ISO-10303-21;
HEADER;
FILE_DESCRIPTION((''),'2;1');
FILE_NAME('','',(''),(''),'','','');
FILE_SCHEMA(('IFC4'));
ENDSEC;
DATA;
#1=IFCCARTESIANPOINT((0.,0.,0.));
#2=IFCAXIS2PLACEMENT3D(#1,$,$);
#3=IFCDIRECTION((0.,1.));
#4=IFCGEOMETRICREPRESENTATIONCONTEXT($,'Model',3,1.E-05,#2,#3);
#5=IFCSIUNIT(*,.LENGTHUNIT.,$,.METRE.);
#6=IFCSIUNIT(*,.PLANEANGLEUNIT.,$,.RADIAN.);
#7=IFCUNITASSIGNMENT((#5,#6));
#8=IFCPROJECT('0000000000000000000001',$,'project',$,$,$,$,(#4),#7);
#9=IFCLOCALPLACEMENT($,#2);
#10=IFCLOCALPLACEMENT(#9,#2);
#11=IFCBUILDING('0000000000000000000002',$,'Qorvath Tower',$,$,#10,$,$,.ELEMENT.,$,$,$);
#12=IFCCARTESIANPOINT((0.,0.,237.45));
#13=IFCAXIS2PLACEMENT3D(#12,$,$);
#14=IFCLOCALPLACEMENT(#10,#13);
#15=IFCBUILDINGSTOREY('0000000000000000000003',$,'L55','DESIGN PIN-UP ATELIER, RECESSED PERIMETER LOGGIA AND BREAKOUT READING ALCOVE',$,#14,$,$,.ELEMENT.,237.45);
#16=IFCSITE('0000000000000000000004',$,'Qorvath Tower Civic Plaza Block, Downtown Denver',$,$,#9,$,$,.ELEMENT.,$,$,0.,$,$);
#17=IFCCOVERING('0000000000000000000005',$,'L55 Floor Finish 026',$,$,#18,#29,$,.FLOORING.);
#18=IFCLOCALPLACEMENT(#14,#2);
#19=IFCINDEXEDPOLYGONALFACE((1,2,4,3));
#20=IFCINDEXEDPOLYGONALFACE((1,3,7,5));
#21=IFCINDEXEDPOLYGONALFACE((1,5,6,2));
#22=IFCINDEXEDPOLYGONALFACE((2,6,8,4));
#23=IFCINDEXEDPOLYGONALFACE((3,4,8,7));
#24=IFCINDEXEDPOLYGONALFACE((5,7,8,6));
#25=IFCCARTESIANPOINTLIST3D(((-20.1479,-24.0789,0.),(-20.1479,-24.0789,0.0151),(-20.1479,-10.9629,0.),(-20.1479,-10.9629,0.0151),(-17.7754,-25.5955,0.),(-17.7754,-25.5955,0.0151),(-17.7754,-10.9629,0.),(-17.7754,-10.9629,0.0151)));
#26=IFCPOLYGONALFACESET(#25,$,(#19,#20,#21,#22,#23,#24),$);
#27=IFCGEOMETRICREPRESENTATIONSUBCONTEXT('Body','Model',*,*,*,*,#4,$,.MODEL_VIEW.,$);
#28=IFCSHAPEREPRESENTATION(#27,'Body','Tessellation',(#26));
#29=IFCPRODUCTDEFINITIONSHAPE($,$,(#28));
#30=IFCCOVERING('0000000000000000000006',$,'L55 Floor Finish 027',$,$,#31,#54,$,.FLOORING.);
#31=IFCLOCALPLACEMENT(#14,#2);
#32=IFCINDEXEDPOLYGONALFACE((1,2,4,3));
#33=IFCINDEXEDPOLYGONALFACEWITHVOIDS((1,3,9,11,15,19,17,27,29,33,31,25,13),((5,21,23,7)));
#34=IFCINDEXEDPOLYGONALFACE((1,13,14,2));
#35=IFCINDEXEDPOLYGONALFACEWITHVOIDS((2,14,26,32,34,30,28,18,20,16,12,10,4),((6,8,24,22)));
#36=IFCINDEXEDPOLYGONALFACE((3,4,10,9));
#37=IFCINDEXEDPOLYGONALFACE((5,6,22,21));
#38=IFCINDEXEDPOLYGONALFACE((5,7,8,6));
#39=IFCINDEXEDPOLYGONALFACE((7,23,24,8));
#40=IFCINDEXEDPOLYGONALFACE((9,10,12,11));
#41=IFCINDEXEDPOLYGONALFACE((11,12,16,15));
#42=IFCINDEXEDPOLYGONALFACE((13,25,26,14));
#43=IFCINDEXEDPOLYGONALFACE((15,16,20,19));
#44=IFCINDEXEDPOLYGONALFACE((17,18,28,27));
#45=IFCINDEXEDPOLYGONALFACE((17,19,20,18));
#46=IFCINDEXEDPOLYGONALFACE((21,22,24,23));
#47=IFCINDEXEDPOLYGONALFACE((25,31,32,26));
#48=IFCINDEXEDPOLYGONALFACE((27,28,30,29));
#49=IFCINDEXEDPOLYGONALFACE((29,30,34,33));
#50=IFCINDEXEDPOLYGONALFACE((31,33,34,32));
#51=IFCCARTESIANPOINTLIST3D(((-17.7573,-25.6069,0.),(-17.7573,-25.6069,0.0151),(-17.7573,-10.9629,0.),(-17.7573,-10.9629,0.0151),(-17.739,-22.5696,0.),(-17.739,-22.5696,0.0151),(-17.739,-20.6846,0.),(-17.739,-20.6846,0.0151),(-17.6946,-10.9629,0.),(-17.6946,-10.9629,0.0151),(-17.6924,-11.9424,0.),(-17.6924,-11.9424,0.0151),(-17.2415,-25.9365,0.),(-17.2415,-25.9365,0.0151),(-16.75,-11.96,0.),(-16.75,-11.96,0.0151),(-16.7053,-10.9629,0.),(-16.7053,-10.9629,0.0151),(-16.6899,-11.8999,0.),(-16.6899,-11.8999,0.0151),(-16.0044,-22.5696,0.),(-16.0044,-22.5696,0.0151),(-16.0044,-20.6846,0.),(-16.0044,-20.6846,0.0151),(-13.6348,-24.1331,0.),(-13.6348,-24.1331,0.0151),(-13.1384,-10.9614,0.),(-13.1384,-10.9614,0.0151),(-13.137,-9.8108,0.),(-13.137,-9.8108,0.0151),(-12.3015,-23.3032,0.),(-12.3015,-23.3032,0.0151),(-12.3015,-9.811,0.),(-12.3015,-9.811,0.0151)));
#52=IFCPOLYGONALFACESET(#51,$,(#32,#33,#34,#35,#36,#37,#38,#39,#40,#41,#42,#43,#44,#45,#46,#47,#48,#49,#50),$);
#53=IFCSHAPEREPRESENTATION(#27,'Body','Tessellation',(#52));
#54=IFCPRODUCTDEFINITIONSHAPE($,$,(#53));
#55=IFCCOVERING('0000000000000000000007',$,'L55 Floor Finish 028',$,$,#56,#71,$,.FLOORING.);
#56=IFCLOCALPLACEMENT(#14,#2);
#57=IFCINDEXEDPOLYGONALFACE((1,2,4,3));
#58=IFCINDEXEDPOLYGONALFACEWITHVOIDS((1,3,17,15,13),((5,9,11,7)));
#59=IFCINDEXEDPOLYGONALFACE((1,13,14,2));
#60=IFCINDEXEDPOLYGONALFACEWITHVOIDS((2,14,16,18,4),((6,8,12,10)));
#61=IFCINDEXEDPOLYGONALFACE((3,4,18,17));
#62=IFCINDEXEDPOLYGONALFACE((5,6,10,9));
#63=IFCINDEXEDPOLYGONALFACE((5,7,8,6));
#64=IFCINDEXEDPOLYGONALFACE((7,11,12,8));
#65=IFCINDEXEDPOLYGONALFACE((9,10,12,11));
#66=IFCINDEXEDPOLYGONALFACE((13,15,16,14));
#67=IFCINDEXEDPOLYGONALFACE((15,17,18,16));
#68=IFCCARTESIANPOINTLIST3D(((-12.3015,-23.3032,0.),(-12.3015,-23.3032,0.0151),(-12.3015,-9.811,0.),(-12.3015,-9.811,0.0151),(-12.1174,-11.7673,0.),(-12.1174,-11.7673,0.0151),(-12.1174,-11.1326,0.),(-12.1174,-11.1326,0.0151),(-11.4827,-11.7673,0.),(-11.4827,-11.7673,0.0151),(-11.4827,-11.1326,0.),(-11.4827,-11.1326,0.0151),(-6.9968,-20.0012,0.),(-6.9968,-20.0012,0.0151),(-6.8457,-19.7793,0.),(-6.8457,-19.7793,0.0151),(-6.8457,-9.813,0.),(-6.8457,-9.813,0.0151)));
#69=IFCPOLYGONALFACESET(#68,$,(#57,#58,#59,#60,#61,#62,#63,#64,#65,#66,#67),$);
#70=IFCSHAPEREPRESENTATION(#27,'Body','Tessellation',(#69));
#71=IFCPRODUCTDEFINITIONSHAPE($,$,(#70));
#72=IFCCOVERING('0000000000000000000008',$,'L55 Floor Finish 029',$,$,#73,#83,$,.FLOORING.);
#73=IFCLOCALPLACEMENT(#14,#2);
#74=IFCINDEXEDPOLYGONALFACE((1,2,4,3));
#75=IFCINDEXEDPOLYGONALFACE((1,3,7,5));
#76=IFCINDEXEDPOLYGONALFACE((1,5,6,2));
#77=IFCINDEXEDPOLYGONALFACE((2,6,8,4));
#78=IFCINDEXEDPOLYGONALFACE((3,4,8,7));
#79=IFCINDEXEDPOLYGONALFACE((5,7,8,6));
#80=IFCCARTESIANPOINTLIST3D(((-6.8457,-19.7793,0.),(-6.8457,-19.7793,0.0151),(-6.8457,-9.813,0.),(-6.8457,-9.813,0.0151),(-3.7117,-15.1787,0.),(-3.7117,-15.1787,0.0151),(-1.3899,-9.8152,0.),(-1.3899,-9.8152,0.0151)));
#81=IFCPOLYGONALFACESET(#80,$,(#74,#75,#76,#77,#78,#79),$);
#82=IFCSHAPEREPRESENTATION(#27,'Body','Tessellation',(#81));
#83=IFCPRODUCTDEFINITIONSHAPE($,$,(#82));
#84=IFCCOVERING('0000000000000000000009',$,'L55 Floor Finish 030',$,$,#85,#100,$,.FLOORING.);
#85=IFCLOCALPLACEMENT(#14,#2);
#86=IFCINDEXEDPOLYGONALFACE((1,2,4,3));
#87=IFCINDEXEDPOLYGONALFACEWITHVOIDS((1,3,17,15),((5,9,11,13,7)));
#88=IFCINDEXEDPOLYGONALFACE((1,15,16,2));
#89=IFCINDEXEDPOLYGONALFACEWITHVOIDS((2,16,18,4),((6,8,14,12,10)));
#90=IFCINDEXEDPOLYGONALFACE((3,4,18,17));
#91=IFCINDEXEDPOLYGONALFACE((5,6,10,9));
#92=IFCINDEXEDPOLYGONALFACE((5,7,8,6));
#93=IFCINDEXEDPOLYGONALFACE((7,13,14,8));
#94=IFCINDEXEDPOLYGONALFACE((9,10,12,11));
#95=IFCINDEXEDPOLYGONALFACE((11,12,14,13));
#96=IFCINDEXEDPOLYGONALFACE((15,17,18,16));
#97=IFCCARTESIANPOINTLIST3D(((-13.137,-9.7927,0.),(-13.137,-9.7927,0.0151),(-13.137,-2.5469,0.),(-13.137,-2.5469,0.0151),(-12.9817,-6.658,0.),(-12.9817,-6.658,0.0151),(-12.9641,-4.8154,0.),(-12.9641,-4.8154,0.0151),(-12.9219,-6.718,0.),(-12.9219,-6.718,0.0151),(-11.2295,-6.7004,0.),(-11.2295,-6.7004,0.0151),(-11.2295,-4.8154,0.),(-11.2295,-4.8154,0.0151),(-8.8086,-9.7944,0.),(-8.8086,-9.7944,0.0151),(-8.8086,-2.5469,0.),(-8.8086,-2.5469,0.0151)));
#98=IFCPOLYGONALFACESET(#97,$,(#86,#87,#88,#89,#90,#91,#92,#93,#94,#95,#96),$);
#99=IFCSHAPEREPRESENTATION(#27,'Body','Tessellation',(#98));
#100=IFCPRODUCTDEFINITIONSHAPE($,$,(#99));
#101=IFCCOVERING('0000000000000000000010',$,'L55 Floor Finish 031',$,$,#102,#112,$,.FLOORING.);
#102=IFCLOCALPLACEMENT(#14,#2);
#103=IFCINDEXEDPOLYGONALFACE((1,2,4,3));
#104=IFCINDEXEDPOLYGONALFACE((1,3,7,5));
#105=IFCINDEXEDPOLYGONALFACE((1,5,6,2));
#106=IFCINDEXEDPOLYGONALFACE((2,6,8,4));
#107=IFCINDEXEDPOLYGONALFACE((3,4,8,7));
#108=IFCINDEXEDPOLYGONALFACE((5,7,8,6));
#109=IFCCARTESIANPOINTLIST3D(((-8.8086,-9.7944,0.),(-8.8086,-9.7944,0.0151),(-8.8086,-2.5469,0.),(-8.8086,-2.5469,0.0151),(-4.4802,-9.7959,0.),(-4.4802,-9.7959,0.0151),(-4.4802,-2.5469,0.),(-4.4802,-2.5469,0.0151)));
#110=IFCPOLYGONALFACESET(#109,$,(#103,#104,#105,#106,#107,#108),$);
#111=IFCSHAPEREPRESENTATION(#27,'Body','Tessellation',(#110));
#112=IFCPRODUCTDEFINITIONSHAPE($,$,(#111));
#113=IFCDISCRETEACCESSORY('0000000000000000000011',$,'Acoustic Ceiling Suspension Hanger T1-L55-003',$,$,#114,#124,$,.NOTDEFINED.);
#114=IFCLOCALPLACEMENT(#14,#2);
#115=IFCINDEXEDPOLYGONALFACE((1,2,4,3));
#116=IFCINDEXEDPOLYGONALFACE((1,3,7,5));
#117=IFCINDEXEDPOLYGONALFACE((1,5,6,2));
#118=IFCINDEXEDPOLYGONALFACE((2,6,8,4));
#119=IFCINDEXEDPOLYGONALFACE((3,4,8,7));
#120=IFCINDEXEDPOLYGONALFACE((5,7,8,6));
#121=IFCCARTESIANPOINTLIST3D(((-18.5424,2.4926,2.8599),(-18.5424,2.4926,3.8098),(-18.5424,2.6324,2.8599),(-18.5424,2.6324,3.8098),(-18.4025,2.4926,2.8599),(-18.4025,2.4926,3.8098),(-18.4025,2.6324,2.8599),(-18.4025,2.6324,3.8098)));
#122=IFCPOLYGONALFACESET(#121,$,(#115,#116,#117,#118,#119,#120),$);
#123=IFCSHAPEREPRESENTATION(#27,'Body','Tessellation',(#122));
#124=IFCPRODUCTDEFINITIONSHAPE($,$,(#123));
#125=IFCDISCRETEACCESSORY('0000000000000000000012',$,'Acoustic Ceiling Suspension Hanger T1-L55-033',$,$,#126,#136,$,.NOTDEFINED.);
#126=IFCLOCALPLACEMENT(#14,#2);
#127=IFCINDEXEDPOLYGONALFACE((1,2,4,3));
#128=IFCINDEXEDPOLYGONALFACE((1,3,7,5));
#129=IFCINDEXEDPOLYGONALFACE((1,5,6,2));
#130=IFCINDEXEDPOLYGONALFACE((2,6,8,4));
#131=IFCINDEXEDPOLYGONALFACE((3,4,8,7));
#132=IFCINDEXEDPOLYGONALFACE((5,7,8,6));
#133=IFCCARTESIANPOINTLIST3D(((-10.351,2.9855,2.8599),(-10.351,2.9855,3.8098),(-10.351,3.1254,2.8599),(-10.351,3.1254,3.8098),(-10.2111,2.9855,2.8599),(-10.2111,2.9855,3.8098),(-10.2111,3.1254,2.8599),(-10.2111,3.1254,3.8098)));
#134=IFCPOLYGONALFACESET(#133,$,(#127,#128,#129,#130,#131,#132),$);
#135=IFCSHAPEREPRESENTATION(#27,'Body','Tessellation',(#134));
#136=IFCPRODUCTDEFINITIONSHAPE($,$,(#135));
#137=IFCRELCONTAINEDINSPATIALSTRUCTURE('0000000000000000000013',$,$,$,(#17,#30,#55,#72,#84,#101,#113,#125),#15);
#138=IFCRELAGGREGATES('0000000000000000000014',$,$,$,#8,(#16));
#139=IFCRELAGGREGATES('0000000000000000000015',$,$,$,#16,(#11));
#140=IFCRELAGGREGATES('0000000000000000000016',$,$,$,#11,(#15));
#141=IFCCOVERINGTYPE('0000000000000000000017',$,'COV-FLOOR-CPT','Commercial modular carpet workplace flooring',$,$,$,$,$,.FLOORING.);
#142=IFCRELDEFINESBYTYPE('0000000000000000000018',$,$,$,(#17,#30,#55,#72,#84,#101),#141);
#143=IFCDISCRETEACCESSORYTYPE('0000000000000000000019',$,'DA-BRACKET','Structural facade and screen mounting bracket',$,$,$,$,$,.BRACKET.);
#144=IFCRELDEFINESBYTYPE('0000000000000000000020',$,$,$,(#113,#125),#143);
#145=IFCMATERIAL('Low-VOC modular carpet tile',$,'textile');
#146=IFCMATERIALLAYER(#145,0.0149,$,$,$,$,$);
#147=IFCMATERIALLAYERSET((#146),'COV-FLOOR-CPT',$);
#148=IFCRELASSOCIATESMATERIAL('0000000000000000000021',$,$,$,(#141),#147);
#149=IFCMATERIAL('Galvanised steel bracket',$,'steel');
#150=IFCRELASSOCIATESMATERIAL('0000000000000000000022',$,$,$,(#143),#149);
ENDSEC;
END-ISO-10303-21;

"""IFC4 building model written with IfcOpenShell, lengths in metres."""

from ifc_helpers import new_model, si_unit, direction, frame, origin, origin_2d, place, context, subcontext, project, spatial, polyline, rectangle, outline, extrude, material, layer, layer_set, type_object, element, save


model = new_model("IFC4")

# Units and contexts
model_context = context("Model", 3, precision=1e-05, world=origin(), true_north=direction((0.0, 1.0)))
body_context = subcontext(model_context, "Body", "Model", "MODEL_VIEW")
ifc_project = project(units=[si_unit("LENGTHUNIT", "METRE"), si_unit("PLANEANGLEUNIT", "RADIAN")], contexts=[model_context])

# Site, building, storey
site_placement = place(None, origin())
site = spatial("IfcSite", under=ifc_project, at=site_placement, Name="Qorvath Tower Civic Plaza Block, Downtown Denver", CompositionType="ELEMENT", RefElevation=0.0)
building_placement = place(site_placement, origin())
building = spatial("IfcBuilding", under=site, at=building_placement, Name="Qorvath Tower", CompositionType="ELEMENT")
storey_placement = place(building_placement, frame((0.0, 0.0, 237.45)))
storey = spatial("IfcBuildingStorey", under=building, at=storey_placement, Name="L55", Description="DESIGN PIN-UP ATELIER, RECESSED PERIMETER LOGGIA AND BREAKOUT READING ALCOVE", CompositionType="ELEMENT", Elevation=237.45)

# Coverings
ifc_material_1 = material(Name="Low-VOC modular carpet tile", Category="textile")
ifc_layer_1 = layer(ifc_material_1, 0.0149)
ifc_layer_set_1 = layer_set([ifc_layer_1], Name="COV-FLOOR-CPT")
covering_type_1 = type_object("IfcCoveringType", Name="COV-FLOOR-CPT", Description="Commercial modular carpet workplace flooring", PredefinedType="FLOORING", material=ifc_layer_set_1)
covering_1_placement = place(storey_placement, origin())
element("IfcCovering", 1, at=covering_1_placement, inside=storey, type_object=covering_type_1, Name="L55 Floor Finish 026", PredefinedType="FLOORING", context=body_context, shape_type="SweptSolid", body=[
    extrude(outline(polyline([(-20.1479, -10.9629), (-20.1479, -24.0789), (-17.7754, -25.5955), (-17.7754, -10.9629), (-20.1479, -10.9629)])), origin(), (0.0, 0.0, 1.0), 0.0151),
])
covering_2_placement = place(storey_placement, origin())
element("IfcCovering", 2, at=covering_2_placement, inside=storey, type_object=covering_type_1, Name="L55 Floor Finish 027", PredefinedType="FLOORING", context=body_context, shape_type="SweptSolid", body=[
    extrude(outline(polyline([(-17.2415, -25.9365), (-13.6348, -24.1331), (-12.3015, -23.3032), (-12.3015, -9.811), (-13.137, -9.8108), (-13.1384, -10.9614), (-16.7053, -10.9629), (-16.6899, -11.8999), (-16.75, -11.96), (-17.6924, -11.9424), (-17.6946, -10.9629), (-17.7573, -10.9629), (-17.7573, -25.6069), (-17.2415, -25.9365)]), holes=[polyline([(-17.739, -22.5696), (-17.739, -20.6846), (-16.0044, -20.6846), (-16.0044, -22.5696), (-17.739, -22.5696)])]), origin(), (0.0, 0.0, 1.0), 0.0151),
])
covering_3_placement = place(storey_placement, origin())
element("IfcCovering", 3, at=covering_3_placement, inside=storey, type_object=covering_type_1, Name="L55 Floor Finish 028", PredefinedType="FLOORING", context=body_context, shape_type="SweptSolid", body=[
    extrude(outline(polyline([(-12.3015, -9.811), (-12.3015, -23.3032), (-6.9968, -20.0012), (-6.8457, -19.7793), (-6.8457, -9.813), (-12.3015, -9.811)]), holes=[polyline([(-12.1174, -11.7673), (-12.1174, -11.1326), (-11.4827, -11.1326), (-11.4827, -11.7673), (-12.1174, -11.7673)])]), origin(), (0.0, 0.0, 1.0), 0.0151),
])
covering_4_placement = place(storey_placement, origin())
element("IfcCovering", 4, at=covering_4_placement, inside=storey, type_object=covering_type_1, Name="L55 Floor Finish 029", PredefinedType="FLOORING", context=body_context, shape_type="SweptSolid", body=[
    extrude(outline(polyline([(-6.8457, -9.813), (-6.8457, -19.7793), (-3.7117, -15.1787), (-1.3899, -9.8152), (-6.8457, -9.813)])), origin(), (0.0, 0.0, 1.0), 0.0151),
])
covering_5_placement = place(storey_placement, origin())
element("IfcCovering", 5, at=covering_5_placement, inside=storey, type_object=covering_type_1, Name="L55 Floor Finish 030", PredefinedType="FLOORING", context=body_context, shape_type="SweptSolid", body=[
    extrude(outline(polyline([(-8.8086, -9.7944), (-8.8086, -2.5469), (-13.137, -2.5469), (-13.137, -9.7927), (-8.8086, -9.7944)]), holes=[polyline([(-12.9817, -6.658), (-12.9641, -4.8154), (-11.2295, -4.8154), (-11.2295, -6.7004), (-12.9219, -6.718), (-12.9817, -6.658)])]), origin(), (0.0, 0.0, 1.0), 0.0151),
])
covering_6_placement = place(storey_placement, origin())
element("IfcCovering", 6, at=covering_6_placement, inside=storey, type_object=covering_type_1, Name="L55 Floor Finish 031", PredefinedType="FLOORING", context=body_context, shape_type="SweptSolid", body=[
    extrude(outline(polyline([(-4.4802, -9.7959), (-4.4802, -2.5469), (-8.8086, -2.5469), (-8.8086, -9.7944), (-4.4802, -9.7959)])), origin(), (0.0, 0.0, 1.0), 0.0151),
])

# Discrete accessories
ifc_material_2 = material(Name="Galvanised steel bracket", Category="steel")
discrete_accessory_type = type_object("IfcDiscreteAccessoryType", Name="DA-BRACKET", Description="Structural facade and screen mounting bracket", PredefinedType="BRACKET", material=ifc_material_2)
for number, where, z_axis, x_axis, name in (
    (7, (-18.4724, 2.5625, 2.8599), (0.0, 0.0, 1.0), (1.0, 0.0, 0.0), "Acoustic Ceiling Suspension Hanger T1-L55-003"),
    (8, (-10.281, 3.0554, 2.8599), (0.0, 0.0, 1.0), (1.0, 0.0, 0.0), "Acoustic Ceiling Suspension Hanger T1-L55-033"),
):
    element("IfcDiscreteAccessory", number, at=place(storey_placement, frame(where, z_axis=z_axis, x_axis=x_axis)), inside=storey, type_object=discrete_accessory_type, Name=name, PredefinedType="NOTDEFINED", context=body_context, shape_type="SweptSolid", body=[
        extrude(rectangle(XDim=0.1399, YDim=0.1399, at=origin_2d()), origin(), (0.0, 0.0, 1.0), 0.95),
    ])

save(model, "model.ifc")
